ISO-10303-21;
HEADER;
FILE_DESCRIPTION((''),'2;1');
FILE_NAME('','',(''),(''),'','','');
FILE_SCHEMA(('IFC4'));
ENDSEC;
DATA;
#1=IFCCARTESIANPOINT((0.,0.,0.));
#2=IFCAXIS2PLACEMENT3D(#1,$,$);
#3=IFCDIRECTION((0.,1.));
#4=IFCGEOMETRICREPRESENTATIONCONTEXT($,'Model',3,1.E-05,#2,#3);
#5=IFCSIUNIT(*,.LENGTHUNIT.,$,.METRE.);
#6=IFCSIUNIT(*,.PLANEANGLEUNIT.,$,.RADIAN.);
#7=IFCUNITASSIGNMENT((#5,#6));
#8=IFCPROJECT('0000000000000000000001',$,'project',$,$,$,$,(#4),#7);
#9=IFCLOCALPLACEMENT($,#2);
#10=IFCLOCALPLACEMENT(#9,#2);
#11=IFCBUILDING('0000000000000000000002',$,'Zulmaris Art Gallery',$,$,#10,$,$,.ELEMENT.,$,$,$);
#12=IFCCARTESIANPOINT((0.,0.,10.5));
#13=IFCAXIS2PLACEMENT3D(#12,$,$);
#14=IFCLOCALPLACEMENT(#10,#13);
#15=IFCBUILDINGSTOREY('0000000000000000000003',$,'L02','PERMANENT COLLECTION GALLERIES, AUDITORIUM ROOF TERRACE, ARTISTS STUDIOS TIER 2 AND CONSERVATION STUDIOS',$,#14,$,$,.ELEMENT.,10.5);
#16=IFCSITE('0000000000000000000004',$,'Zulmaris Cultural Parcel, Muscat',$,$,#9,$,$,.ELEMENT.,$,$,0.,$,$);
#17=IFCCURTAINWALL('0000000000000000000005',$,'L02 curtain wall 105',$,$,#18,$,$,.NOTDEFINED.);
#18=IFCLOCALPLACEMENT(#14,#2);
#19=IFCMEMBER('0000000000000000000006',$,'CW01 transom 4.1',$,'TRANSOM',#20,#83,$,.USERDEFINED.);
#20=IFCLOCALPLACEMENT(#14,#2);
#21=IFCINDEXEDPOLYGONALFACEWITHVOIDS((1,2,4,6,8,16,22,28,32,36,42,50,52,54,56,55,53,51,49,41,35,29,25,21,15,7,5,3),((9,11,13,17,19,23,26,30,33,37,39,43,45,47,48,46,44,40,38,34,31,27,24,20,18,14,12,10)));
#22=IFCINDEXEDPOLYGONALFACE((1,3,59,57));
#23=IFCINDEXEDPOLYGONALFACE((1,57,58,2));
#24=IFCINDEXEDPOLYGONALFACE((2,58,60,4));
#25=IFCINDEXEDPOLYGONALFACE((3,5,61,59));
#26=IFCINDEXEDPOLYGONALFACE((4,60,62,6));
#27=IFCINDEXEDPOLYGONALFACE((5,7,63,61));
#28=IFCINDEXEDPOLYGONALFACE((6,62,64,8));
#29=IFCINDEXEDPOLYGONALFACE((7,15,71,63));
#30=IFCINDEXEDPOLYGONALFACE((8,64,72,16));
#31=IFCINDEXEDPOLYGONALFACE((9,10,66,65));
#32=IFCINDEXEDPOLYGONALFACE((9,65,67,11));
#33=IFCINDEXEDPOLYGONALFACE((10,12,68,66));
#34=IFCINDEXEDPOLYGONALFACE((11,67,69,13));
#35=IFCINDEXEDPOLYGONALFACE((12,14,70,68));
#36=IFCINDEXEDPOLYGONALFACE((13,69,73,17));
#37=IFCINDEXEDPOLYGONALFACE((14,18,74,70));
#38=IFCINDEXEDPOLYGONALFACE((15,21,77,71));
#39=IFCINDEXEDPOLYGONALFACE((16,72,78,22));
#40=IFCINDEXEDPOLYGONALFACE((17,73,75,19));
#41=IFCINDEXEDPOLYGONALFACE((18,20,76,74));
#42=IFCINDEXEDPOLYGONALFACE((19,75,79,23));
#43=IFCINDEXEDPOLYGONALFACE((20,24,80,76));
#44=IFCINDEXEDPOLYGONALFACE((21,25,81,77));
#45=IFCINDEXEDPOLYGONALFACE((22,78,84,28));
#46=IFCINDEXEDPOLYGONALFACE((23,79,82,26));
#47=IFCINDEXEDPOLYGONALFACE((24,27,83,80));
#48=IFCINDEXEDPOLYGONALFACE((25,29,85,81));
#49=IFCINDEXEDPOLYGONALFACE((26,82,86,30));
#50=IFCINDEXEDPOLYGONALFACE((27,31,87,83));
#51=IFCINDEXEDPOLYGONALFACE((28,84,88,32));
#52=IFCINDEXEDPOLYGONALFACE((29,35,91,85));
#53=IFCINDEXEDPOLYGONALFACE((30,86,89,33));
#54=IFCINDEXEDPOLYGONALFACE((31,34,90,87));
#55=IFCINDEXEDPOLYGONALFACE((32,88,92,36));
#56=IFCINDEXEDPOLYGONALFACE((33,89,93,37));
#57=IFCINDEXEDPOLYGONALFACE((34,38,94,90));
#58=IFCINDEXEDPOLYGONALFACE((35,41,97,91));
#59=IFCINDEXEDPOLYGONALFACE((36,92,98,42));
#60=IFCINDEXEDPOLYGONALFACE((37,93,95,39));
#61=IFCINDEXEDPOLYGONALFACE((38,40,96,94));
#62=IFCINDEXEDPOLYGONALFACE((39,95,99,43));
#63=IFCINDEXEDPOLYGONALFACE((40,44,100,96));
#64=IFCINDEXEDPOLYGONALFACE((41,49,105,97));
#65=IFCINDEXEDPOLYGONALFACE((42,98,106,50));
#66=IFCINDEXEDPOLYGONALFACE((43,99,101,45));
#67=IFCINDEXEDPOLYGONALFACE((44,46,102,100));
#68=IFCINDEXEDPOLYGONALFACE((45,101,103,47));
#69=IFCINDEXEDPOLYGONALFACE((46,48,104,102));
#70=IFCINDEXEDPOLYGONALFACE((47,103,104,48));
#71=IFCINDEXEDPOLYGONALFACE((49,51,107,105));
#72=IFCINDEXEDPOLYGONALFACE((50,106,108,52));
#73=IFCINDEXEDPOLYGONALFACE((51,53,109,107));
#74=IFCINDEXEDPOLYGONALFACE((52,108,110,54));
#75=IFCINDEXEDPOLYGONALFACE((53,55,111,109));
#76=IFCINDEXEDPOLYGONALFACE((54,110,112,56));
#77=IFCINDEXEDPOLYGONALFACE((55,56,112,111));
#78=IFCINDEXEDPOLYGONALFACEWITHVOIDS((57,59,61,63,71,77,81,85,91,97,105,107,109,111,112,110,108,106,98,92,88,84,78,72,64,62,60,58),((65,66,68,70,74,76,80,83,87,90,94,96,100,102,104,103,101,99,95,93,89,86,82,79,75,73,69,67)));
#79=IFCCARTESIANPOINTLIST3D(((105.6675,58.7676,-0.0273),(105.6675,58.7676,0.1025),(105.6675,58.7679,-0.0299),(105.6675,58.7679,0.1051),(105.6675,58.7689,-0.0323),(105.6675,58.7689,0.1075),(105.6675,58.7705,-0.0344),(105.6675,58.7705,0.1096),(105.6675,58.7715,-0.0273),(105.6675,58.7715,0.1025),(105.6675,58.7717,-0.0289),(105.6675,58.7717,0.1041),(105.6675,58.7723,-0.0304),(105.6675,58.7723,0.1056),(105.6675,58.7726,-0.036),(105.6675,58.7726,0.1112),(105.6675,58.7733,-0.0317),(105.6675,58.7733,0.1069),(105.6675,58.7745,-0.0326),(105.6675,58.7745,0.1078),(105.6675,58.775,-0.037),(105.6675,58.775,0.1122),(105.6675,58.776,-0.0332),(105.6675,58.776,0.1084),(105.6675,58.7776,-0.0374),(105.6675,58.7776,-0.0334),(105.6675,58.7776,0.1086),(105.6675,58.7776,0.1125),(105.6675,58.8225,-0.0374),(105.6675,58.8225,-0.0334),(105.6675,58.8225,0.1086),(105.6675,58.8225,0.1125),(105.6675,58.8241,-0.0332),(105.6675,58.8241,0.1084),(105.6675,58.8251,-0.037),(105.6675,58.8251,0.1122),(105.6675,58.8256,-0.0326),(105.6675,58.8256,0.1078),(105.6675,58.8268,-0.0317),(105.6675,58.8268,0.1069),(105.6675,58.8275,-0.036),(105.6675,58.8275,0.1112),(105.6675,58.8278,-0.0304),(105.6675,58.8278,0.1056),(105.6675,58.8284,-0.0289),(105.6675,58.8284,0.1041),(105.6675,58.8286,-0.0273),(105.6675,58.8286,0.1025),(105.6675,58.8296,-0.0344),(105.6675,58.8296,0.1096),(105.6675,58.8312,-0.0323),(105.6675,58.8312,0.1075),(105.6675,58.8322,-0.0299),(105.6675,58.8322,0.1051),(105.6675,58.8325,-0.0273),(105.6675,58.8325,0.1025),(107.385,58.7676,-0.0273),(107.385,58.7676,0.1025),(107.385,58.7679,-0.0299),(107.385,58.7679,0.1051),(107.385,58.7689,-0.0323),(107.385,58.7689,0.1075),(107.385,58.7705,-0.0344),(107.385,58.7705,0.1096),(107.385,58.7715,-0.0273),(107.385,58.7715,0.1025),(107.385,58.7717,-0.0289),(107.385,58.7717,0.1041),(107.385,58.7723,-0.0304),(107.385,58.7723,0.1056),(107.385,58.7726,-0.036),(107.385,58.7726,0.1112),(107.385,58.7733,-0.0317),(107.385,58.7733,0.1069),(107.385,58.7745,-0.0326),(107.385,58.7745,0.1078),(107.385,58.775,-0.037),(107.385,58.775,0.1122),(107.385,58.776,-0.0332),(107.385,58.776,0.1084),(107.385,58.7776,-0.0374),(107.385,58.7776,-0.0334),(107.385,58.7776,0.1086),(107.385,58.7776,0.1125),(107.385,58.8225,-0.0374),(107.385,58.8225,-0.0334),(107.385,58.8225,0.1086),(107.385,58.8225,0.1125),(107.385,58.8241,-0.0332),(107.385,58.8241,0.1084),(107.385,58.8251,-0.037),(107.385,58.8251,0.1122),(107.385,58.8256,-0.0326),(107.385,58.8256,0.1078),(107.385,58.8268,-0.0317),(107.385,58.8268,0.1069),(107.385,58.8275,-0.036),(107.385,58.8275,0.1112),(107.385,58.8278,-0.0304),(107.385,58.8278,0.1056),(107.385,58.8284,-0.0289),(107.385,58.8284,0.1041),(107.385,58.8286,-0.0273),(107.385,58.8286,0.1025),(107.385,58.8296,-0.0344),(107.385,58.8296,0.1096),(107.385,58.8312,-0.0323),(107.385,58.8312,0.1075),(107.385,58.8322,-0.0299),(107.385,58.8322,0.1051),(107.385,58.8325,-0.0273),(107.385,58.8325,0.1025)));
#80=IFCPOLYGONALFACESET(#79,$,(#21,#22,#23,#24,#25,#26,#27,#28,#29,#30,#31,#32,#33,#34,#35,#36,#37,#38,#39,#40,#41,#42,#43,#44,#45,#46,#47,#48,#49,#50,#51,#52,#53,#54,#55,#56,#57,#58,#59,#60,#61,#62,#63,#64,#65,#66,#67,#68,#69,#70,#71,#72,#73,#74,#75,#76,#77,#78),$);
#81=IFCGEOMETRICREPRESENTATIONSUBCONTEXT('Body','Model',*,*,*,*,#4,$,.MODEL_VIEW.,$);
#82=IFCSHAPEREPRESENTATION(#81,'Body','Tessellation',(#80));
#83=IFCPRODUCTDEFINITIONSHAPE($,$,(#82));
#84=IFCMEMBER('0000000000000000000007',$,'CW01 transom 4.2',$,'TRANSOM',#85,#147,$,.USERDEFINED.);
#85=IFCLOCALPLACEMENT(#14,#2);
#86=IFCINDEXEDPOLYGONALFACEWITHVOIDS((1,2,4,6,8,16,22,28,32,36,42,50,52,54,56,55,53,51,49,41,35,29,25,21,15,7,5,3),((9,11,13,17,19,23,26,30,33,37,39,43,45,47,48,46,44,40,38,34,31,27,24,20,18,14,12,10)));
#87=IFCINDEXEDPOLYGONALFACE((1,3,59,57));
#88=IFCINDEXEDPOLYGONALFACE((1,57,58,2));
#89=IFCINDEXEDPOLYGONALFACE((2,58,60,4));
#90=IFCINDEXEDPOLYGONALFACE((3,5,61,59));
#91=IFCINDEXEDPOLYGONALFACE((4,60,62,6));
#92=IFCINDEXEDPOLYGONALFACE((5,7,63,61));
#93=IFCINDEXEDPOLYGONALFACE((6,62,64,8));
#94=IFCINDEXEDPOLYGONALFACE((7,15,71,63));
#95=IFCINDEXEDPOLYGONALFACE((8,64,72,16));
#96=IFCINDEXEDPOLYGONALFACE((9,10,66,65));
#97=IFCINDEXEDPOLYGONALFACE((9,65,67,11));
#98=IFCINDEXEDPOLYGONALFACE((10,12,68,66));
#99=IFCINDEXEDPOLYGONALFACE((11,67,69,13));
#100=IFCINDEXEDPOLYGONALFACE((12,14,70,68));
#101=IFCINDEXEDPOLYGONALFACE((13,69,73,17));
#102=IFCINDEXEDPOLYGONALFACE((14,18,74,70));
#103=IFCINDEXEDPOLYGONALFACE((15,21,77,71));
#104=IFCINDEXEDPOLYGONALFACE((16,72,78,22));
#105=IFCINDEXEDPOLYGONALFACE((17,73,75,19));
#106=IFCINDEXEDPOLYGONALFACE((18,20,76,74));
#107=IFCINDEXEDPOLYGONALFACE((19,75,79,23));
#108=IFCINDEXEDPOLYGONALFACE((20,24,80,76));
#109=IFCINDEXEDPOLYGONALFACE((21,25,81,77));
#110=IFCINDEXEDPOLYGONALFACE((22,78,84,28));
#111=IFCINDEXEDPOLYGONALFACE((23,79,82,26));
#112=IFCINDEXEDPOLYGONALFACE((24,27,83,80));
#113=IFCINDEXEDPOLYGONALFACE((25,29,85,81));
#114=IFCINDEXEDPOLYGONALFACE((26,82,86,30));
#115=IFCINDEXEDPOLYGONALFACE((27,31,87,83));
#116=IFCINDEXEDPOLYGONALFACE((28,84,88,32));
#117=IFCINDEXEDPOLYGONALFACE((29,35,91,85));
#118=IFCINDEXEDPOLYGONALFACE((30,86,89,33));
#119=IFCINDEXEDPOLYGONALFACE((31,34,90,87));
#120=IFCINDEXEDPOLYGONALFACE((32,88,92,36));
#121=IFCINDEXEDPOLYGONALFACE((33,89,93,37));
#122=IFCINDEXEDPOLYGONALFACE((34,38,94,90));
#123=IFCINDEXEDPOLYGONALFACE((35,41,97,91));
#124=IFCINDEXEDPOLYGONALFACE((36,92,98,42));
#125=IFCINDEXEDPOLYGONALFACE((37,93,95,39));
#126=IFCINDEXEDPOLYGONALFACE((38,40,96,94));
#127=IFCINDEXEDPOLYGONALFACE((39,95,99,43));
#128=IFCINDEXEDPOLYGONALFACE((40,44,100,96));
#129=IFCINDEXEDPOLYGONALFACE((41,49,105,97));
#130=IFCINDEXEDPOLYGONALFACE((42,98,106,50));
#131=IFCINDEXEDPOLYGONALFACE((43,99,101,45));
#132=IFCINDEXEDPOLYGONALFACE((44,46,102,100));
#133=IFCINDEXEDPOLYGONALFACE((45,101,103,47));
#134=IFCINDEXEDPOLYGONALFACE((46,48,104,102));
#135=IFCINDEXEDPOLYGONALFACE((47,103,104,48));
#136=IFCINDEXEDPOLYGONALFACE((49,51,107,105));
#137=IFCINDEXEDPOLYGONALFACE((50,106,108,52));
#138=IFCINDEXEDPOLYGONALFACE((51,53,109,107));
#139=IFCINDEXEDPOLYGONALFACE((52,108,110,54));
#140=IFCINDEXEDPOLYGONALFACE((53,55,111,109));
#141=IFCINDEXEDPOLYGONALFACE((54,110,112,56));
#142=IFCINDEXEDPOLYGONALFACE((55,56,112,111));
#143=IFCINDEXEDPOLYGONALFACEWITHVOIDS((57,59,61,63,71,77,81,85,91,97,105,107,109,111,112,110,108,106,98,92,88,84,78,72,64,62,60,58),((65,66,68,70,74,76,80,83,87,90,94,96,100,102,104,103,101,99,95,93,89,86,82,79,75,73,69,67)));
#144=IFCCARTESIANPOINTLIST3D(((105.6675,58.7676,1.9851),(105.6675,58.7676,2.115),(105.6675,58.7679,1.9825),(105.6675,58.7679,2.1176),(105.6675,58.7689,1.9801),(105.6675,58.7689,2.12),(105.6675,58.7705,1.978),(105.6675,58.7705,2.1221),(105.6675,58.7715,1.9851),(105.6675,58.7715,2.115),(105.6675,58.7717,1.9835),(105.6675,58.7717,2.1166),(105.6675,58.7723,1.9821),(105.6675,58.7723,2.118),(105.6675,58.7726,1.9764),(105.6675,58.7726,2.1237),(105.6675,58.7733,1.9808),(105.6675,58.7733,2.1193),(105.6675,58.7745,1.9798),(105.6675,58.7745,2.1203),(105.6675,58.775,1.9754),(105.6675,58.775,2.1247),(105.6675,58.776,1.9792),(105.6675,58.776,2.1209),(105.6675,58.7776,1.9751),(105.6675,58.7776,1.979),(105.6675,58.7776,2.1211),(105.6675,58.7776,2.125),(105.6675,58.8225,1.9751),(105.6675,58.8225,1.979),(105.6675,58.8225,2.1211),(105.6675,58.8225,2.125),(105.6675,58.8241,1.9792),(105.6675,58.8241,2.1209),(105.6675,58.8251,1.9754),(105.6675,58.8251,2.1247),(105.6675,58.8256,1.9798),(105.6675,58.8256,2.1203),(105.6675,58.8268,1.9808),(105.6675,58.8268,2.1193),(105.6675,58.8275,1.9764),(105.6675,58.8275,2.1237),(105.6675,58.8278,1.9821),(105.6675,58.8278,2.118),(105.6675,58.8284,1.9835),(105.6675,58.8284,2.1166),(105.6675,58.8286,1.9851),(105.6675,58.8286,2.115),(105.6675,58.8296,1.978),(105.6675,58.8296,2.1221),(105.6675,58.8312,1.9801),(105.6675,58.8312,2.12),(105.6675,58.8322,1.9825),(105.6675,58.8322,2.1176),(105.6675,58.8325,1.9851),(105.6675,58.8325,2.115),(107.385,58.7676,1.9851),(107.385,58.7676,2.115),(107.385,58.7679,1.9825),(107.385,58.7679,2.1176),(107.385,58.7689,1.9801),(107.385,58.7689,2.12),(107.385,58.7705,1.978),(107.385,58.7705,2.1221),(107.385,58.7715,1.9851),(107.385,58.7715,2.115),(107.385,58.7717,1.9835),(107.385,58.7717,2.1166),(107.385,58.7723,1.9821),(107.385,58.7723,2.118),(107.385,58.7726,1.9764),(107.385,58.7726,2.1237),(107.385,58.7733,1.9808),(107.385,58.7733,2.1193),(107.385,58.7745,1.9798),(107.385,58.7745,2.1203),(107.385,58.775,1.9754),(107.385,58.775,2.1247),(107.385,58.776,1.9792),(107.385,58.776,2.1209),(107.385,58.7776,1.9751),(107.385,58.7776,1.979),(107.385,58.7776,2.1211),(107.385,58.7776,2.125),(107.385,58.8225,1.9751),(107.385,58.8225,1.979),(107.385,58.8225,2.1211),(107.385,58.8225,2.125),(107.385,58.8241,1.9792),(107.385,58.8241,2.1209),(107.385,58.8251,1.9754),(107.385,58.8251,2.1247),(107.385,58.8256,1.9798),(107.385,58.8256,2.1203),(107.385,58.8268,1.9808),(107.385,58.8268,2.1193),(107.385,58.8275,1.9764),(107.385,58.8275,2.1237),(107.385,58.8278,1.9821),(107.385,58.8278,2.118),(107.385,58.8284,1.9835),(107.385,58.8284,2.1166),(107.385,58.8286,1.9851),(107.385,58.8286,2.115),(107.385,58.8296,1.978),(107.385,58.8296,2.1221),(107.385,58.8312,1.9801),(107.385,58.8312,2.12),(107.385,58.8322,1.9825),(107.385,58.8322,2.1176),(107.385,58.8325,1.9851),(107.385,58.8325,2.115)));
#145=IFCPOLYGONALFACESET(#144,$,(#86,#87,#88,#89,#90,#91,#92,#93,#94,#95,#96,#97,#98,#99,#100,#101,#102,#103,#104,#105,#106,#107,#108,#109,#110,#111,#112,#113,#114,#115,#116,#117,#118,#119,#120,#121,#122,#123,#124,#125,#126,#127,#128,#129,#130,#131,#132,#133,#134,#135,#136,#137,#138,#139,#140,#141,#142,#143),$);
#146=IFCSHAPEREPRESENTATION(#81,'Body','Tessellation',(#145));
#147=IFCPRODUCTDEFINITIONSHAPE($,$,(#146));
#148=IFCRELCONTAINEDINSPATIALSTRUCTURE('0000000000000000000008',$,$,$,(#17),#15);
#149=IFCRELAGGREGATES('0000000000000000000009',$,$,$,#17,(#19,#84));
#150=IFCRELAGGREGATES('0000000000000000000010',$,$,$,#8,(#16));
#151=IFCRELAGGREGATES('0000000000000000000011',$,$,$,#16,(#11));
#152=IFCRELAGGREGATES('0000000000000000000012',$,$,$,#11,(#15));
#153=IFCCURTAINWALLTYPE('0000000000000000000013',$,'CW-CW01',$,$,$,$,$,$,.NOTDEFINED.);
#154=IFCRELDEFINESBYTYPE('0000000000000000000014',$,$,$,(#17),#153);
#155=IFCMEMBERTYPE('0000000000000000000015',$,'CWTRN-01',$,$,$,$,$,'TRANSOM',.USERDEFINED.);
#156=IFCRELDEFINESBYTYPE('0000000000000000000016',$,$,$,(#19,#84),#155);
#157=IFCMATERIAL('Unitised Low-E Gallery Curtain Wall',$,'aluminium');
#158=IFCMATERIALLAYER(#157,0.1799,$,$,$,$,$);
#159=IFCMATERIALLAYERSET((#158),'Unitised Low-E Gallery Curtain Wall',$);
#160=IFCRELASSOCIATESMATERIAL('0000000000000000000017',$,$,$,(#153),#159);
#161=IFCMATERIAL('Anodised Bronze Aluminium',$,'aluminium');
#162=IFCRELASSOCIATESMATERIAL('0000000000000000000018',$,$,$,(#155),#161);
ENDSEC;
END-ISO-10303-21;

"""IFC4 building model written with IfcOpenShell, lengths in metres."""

from ifc_helpers import new_model, si_unit, direction, frame, origin, origin_2d, place, context, subcontext, project, spatial, hollow_rectangle, extrude, material, layer, layer_set, material_profile, profile_set, type_object, element, aggregate, save


model = new_model("IFC4")

# Units and contexts
model_context = context("Model", 3, precision=1e-05, world=origin(), true_north=direction((0.0, 1.0)))
body_context = subcontext(model_context, "Body", "Model", "MODEL_VIEW")
ifc_project = project(units=[si_unit("LENGTHUNIT", "METRE"), si_unit("PLANEANGLEUNIT", "RADIAN")], contexts=[model_context])

# Site, building, storey
site_placement = place(None, origin())
site = spatial("IfcSite", under=ifc_project, at=site_placement, Name="Zulmaris Cultural Parcel, Muscat", CompositionType="ELEMENT", RefElevation=0.0)
building_placement = place(site_placement, origin())
building = spatial("IfcBuilding", under=site, at=building_placement, Name="Zulmaris Art Gallery", CompositionType="ELEMENT")
storey_placement = place(building_placement, frame((0.0, 0.0, 10.5)))
storey = spatial("IfcBuildingStorey", under=building, at=storey_placement, Name="L02", Description="PERMANENT COLLECTION GALLERIES, AUDITORIUM ROOF TERRACE, ARTISTS STUDIOS TIER 2 AND CONSERVATION STUDIOS", CompositionType="ELEMENT", Elevation=10.5)

# Curtain wall
ifc_material_1 = material(Name="Unitised Low-E Gallery Curtain Wall", Category="aluminium")
ifc_layer_1 = layer(ifc_material_1, 0.1799)
ifc_layer_set_1 = layer_set([ifc_layer_1], Name="Unitised Low-E Gallery Curtain Wall")
curtain_wall_type = type_object("IfcCurtainWallType", Name="CW-CW01", PredefinedType="NOTDEFINED", material=ifc_layer_set_1)
curtain_wall_1_placement = place(storey_placement, origin())
curtain_wall_1 = element("IfcCurtainWall", 1, at=curtain_wall_1_placement, inside=storey, type_object=curtain_wall_type, Name="L02 curtain wall 105", PredefinedType="NOTDEFINED")
ifc_material_2 = material(Name="Anodised Bronze Aluminium", Category="aluminium")

# Members
ifc_material_profile_1 = material_profile(ifc_material_2, hollow_rectangle(XDim=0.0649, YDim=0.1499, WallThickness=0.0039, InnerFilletRadius=0.0061, OuterFilletRadius=0.01, at=origin_2d()), Name="ALU 65x150x4")
ifc_profile_set_1 = profile_set([ifc_material_profile_1], Name="Anodised Bronze Aluminium")
member_type_1 = type_object("IfcMemberType", Name="CWTRN-01", ElementType="TRANSOM", PredefinedType="USERDEFINED", material=ifc_profile_set_1)
member_1_placement = place(storey_placement, frame((105.6675, 58.8, 0.0376), z_axis=(1.0, 0.0, 0.0), x_axis=(0.0, 1.0, 0.0)))
member_1 = element("IfcMember", 2, at=member_1_placement, type_object=member_type_1, Name="CW01 transom 4.1", ObjectType="TRANSOM", PredefinedType="USERDEFINED", context=body_context, shape_type="SweptSolid", body=[
    extrude(hollow_rectangle(XDim=0.0649, YDim=0.1499, WallThickness=0.0039, InnerFilletRadius=0.0061, OuterFilletRadius=0.01, at=origin_2d()), origin(), (0.0, 0.0, 1.0), 1.7175),
])
member_2_placement = place(storey_placement, frame((105.6675, 58.8, 2.05), z_axis=(1.0, 0.0, 0.0), x_axis=(0.0, 1.0, 0.0)))
member_2 = element("IfcMember", 3, at=member_2_placement, type_object=member_type_1, Name="CW01 transom 4.2", ObjectType="TRANSOM", PredefinedType="USERDEFINED", context=body_context, shape_type="SweptSolid", body=[
    extrude(hollow_rectangle(XDim=0.0649, YDim=0.1499, WallThickness=0.0039, InnerFilletRadius=0.0061, OuterFilletRadius=0.01, at=origin_2d()), origin(), (0.0, 0.0, 1.0), 1.7175),
])

aggregate(curtain_wall_1, [member_1, member_2])

save(model, "model.ifc")
